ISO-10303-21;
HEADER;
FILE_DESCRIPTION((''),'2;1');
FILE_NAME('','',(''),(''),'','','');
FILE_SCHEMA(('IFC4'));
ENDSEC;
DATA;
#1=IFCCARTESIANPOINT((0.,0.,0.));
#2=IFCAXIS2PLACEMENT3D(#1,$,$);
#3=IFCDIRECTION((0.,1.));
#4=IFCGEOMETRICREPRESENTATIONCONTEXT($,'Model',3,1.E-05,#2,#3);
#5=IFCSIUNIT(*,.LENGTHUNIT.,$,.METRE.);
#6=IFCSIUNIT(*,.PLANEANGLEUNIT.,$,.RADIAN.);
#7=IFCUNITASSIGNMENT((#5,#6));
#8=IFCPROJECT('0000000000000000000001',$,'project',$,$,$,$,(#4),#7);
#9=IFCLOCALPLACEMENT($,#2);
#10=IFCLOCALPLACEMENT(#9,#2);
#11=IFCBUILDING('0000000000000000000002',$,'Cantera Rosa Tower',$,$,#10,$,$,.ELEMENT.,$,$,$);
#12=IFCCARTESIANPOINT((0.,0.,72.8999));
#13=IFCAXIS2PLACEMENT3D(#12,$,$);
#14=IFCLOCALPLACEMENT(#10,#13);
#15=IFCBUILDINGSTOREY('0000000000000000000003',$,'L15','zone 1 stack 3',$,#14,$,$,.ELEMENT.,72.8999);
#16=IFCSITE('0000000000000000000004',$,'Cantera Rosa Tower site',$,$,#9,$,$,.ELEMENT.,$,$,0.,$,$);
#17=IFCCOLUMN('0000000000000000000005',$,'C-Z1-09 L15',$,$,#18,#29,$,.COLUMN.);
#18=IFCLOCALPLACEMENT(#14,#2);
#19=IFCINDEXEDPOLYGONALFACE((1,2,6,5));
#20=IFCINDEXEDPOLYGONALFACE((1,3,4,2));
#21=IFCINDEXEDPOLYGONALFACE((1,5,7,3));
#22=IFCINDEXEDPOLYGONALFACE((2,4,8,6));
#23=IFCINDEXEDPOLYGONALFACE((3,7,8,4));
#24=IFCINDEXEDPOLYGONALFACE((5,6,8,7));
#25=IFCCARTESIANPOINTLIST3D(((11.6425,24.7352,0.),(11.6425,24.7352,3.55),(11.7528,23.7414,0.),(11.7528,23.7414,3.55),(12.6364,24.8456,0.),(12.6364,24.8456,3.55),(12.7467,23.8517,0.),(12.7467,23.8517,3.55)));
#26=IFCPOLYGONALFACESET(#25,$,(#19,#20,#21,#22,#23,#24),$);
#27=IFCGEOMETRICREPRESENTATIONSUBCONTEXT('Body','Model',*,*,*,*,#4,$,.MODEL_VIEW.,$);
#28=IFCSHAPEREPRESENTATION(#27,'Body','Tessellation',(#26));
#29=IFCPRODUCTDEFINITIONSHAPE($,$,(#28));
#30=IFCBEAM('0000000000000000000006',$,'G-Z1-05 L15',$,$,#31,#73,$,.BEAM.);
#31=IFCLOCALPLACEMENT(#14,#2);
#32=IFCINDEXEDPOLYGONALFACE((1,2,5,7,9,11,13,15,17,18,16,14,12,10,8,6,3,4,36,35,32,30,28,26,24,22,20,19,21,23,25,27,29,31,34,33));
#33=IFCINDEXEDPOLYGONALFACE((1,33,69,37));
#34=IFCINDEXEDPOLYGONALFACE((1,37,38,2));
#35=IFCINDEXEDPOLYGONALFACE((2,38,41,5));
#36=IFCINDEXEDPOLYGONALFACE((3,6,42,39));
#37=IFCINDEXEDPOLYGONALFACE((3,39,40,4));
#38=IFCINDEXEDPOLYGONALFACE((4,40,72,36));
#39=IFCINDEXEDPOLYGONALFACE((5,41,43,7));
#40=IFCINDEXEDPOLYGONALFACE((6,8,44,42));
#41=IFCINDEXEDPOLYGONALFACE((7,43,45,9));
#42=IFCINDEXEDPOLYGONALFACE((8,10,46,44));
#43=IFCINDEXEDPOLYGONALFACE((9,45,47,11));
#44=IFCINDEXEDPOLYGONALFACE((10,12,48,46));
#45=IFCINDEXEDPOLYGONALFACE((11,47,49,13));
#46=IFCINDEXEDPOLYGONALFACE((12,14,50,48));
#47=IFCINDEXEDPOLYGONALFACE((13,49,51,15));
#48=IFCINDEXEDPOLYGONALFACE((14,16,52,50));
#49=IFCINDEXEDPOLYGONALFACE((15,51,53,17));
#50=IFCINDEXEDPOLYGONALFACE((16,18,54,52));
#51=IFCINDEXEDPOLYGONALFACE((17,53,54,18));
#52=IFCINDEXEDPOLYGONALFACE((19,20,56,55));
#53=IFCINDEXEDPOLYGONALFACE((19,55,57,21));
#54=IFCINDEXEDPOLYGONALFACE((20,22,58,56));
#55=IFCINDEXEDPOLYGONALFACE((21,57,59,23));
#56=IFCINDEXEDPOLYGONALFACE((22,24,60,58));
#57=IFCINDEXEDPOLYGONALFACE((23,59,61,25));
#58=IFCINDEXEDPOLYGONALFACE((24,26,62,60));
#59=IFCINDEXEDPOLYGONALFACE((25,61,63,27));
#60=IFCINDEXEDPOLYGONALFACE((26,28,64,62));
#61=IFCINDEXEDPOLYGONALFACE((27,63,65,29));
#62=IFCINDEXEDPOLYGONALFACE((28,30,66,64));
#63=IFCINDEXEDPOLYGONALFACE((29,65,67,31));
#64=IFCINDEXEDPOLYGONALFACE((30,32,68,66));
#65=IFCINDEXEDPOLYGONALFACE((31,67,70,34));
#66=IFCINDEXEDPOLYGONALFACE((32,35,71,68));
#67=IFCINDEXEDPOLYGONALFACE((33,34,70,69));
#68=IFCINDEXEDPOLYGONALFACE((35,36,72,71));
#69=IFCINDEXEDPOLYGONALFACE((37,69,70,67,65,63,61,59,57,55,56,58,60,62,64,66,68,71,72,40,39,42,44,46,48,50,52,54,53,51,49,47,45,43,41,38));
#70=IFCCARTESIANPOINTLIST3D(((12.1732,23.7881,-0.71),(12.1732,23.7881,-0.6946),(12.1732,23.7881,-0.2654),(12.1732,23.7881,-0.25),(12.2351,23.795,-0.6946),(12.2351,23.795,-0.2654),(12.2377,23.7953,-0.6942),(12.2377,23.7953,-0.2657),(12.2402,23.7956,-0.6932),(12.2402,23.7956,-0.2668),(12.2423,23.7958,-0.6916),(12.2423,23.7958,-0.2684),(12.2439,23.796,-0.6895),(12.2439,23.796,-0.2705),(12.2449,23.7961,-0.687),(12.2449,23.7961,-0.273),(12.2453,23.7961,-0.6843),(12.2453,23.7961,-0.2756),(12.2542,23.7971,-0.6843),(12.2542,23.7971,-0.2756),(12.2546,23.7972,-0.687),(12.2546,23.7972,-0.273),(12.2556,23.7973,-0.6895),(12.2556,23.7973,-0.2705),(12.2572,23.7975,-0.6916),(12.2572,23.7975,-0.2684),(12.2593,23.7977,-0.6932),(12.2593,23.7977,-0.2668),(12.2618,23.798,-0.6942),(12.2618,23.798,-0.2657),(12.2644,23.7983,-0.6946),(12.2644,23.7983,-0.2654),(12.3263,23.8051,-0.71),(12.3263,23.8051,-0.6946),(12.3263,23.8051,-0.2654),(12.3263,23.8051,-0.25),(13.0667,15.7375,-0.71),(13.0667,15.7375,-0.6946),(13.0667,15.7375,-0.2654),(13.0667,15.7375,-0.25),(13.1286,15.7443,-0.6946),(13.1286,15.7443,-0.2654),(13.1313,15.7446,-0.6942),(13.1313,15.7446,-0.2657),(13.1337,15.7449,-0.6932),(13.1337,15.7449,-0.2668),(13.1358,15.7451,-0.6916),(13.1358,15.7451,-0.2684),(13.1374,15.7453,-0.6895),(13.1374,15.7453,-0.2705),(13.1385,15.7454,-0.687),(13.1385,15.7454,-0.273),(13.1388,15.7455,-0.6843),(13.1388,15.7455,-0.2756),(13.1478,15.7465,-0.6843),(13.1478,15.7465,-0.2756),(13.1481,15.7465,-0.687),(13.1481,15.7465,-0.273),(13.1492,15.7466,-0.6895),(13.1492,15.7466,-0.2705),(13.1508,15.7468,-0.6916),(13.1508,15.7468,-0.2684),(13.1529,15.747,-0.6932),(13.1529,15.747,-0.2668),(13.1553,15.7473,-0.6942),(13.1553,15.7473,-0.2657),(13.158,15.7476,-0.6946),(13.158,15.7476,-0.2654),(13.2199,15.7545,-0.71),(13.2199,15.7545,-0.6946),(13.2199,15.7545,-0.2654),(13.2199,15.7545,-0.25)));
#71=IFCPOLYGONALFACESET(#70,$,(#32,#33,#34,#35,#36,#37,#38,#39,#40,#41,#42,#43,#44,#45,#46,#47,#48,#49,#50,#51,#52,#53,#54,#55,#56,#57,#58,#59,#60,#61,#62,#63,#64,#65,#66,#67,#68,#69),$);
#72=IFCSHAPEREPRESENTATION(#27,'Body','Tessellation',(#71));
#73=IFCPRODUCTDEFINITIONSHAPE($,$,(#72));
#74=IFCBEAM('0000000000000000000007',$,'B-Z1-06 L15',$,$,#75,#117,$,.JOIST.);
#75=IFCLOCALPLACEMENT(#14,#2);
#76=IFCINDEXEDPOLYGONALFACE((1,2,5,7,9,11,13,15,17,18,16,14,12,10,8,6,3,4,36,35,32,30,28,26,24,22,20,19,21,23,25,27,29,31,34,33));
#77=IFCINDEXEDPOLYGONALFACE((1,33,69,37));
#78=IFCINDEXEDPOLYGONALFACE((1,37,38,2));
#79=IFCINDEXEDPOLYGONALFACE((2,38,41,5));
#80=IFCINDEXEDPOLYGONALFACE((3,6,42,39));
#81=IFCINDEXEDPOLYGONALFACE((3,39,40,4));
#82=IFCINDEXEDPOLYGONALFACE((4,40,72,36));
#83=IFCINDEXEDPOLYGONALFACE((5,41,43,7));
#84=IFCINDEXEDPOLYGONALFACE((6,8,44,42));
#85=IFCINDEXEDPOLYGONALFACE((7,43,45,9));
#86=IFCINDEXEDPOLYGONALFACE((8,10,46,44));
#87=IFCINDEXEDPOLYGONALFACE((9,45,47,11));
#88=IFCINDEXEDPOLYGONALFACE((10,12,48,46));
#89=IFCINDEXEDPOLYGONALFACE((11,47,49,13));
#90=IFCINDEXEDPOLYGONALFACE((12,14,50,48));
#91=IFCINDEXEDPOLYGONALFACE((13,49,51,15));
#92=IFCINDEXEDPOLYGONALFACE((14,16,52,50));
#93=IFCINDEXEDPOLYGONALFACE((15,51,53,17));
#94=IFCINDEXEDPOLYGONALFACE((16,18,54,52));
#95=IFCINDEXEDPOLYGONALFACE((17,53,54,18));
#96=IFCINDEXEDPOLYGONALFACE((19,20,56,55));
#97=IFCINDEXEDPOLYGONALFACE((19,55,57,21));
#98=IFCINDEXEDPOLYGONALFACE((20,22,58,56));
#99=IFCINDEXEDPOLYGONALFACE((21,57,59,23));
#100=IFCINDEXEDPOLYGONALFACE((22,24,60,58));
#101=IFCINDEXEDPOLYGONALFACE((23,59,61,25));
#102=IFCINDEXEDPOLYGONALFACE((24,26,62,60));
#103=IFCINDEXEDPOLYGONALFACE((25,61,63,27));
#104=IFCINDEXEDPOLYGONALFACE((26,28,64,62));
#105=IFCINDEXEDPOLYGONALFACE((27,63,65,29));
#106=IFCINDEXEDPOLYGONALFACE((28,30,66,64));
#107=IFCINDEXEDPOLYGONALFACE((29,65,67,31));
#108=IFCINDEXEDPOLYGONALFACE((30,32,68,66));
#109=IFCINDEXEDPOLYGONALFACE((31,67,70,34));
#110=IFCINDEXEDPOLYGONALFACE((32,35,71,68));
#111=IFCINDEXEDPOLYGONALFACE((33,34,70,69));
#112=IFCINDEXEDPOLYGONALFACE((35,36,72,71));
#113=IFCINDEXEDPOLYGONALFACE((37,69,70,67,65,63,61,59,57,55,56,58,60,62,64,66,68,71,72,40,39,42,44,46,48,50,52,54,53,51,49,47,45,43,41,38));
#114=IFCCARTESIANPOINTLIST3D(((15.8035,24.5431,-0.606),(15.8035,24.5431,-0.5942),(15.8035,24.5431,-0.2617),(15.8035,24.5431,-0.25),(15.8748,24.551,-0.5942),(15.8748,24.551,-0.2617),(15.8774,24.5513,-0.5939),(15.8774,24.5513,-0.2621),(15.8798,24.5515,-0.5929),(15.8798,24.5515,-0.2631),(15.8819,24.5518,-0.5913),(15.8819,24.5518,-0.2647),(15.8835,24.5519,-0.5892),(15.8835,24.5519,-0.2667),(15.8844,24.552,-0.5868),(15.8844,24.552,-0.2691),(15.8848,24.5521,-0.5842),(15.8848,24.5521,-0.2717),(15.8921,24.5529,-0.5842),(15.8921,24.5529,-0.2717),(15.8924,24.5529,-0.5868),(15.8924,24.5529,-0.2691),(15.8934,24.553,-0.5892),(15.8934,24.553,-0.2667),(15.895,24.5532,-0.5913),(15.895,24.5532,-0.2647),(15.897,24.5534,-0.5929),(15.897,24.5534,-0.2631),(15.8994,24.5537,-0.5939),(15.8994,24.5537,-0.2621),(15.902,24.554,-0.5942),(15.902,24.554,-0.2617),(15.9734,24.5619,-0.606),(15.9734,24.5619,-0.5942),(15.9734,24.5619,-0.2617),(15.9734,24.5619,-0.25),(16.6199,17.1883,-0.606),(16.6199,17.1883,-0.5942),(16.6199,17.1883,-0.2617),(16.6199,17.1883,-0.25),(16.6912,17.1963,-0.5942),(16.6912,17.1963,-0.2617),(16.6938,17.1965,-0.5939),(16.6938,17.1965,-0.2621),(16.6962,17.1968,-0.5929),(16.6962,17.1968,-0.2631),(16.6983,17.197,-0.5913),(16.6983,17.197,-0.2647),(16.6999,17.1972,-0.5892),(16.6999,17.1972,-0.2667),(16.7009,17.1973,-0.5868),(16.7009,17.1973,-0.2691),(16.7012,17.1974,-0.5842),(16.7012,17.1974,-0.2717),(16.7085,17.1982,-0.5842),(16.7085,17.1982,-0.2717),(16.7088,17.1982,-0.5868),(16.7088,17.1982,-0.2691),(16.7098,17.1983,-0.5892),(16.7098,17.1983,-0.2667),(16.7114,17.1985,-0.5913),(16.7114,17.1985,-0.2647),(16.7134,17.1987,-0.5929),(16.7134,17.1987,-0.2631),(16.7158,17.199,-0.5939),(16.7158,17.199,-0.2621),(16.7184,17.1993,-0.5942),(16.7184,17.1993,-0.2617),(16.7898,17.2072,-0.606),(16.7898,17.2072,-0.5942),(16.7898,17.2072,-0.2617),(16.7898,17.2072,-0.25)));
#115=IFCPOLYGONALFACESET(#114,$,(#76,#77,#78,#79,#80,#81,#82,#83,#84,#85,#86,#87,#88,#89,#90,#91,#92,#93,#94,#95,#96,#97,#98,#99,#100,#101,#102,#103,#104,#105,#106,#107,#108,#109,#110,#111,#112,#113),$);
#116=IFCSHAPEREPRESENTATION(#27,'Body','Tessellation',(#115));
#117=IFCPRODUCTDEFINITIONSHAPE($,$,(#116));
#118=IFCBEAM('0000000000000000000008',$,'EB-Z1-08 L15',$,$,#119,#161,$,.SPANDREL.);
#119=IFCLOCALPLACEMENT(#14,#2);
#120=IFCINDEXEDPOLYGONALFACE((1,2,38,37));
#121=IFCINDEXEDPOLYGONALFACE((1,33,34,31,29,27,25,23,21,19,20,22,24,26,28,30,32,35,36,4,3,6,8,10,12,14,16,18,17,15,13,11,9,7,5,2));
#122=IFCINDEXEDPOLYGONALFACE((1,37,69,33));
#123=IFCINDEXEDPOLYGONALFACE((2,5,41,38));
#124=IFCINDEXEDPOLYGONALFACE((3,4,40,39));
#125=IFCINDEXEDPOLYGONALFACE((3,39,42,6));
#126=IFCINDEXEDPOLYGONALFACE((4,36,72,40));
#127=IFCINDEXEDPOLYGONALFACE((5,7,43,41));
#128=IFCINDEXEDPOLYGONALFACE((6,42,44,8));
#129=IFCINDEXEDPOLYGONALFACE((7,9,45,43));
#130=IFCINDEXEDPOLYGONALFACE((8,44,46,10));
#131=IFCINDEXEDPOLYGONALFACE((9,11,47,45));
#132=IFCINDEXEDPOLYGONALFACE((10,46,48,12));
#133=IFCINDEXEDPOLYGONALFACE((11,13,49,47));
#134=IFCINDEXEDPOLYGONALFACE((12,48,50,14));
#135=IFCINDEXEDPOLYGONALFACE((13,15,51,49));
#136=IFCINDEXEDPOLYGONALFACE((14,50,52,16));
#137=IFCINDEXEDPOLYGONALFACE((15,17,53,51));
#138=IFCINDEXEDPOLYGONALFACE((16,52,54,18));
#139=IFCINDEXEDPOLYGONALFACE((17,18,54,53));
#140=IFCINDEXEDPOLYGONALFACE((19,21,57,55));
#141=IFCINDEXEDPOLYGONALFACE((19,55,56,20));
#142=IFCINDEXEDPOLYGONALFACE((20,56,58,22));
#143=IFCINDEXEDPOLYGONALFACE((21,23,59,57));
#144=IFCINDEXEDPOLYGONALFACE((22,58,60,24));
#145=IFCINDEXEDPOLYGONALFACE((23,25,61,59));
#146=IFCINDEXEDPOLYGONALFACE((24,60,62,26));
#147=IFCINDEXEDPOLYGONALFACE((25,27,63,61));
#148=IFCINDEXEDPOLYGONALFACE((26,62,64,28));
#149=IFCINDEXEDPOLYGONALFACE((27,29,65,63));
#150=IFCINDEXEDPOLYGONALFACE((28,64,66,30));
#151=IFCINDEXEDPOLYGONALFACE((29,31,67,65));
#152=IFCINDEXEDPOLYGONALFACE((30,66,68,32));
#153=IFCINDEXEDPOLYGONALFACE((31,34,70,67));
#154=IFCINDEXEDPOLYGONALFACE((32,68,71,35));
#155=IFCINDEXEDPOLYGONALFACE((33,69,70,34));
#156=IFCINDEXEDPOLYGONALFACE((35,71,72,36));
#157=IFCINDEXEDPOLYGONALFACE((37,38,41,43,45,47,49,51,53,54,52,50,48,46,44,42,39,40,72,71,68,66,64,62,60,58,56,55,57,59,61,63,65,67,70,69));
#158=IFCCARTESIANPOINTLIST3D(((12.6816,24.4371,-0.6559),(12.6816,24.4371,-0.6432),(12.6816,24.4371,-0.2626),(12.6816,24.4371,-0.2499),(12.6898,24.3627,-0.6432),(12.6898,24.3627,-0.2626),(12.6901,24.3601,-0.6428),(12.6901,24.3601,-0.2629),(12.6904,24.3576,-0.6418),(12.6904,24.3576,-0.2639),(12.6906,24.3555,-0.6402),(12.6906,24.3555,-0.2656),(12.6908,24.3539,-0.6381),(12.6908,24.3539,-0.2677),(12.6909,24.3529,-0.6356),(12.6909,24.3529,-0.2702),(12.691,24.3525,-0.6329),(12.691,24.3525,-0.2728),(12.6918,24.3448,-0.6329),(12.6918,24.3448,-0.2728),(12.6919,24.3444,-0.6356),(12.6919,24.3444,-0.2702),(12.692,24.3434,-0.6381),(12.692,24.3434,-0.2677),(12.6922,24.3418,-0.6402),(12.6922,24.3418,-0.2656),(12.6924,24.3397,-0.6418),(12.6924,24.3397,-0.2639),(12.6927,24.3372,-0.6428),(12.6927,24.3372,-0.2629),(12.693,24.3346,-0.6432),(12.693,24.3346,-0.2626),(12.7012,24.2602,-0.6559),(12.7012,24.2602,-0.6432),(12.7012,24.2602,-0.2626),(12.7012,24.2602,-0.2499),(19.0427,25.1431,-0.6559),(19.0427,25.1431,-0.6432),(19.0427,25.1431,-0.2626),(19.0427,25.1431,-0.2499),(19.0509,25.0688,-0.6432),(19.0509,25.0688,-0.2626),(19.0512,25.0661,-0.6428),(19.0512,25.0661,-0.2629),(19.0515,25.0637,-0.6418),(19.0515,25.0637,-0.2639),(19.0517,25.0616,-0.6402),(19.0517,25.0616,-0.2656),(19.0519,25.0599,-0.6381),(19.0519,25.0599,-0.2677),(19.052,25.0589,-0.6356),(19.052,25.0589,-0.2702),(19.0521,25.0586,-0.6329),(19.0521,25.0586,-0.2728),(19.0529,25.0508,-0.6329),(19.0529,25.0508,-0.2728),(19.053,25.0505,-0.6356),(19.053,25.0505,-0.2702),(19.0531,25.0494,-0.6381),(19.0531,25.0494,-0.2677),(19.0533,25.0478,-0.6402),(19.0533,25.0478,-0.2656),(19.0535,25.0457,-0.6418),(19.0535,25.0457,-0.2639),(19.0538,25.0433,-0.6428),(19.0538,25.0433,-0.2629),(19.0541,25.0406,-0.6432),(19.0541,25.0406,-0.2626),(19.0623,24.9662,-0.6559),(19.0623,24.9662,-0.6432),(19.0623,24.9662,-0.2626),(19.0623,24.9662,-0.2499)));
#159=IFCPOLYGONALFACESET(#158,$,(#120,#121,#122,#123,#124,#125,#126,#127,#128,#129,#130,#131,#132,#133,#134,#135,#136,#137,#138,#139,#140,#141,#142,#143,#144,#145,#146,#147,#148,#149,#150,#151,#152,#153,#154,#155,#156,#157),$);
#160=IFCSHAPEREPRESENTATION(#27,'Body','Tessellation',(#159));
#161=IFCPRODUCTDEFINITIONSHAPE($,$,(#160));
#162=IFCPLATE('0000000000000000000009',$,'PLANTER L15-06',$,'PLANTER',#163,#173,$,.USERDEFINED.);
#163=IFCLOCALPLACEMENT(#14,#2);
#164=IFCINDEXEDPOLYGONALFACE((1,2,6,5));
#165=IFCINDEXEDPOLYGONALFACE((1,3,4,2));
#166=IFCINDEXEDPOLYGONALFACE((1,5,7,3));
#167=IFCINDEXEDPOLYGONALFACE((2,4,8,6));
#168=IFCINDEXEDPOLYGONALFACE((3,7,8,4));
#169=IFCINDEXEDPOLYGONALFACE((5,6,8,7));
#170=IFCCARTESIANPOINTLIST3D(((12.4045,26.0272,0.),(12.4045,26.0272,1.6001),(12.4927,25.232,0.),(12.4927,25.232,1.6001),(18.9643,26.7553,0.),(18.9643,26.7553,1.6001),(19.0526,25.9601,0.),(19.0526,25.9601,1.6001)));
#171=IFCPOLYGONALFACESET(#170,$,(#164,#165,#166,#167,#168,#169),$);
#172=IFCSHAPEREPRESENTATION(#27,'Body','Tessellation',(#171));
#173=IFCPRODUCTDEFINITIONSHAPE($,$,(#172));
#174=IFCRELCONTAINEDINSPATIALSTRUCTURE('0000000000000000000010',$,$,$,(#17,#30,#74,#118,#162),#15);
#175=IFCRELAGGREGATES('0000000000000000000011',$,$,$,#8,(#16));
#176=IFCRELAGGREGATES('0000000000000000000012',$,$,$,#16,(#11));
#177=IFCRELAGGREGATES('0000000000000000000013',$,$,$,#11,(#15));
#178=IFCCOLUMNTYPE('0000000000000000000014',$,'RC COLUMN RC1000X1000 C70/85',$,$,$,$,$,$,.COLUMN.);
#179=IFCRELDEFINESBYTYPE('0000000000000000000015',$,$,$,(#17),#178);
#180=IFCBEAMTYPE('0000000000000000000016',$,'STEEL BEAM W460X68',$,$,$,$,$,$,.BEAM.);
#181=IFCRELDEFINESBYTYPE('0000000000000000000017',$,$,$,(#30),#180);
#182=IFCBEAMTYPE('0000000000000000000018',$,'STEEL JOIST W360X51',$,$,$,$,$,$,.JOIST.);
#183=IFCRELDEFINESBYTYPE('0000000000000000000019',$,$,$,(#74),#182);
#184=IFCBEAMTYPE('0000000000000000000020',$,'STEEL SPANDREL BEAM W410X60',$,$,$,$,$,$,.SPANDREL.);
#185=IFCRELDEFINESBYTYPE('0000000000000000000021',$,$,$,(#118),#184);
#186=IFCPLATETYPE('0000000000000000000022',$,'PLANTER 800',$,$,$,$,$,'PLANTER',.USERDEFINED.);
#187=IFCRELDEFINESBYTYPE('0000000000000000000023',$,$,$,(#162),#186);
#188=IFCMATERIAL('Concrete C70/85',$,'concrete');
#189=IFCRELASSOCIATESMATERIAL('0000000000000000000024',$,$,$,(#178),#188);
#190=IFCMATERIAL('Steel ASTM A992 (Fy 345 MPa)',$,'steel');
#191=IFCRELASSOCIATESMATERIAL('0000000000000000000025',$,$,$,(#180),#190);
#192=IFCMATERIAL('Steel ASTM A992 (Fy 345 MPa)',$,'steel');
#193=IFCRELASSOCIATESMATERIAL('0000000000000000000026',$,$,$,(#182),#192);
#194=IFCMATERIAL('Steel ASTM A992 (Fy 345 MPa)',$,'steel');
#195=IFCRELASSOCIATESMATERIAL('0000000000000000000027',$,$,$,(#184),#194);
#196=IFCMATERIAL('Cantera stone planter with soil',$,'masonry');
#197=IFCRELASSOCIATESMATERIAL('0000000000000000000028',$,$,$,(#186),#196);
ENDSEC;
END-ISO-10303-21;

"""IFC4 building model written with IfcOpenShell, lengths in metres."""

from ifc_helpers import new_model, si_unit, direction, frame, origin, origin_2d, place, context, subcontext, project, spatial, rectangle, i_section, extrude, material, material_profile, profile_set, type_object, element, save


model = new_model("IFC4")

# Units and contexts
model_context = context("Model", 3, precision=1e-05, world=origin(), true_north=direction((0.0, 1.0)))
body_context = subcontext(model_context, "Body", "Model", "MODEL_VIEW")
ifc_project = project(units=[si_unit("LENGTHUNIT", "METRE"), si_unit("PLANEANGLEUNIT", "RADIAN")], contexts=[model_context])

# Site, building, storey
site_placement = place(None, origin())
site = spatial("IfcSite", under=ifc_project, at=site_placement, Name="Cantera Rosa Tower site", CompositionType="ELEMENT", RefElevation=0.0)
building_placement = place(site_placement, origin())
building = spatial("IfcBuilding", under=site, at=building_placement, Name="Cantera Rosa Tower", CompositionType="ELEMENT")
storey_placement = place(building_placement, frame((0.0, 0.0, 72.8999)))
storey = spatial("IfcBuildingStorey", under=building, at=storey_placement, Name="L15", Description="zone 1 stack 3", CompositionType="ELEMENT", Elevation=72.8999)

# Column
ifc_material_1 = material(Name="Concrete C70/85", Category="concrete")
ifc_material_profile_1 = material_profile(ifc_material_1, rectangle(XDim=1.0, YDim=1.0, at=origin_2d()), Name="RC COLUMN RC1000X1000 C70/85")
ifc_profile_set_1 = profile_set([ifc_material_profile_1], Name="Concrete C70/85")
column_type = type_object("IfcColumnType", Name="RC COLUMN RC1000X1000 C70/85", PredefinedType="COLUMN", material=ifc_profile_set_1)
column_placement = place(storey_placement, frame((12.1946, 24.2935, 0.0), z_axis=(0.0, 0.0, 1.0), x_axis=(0.993897, 0.110313, 0.0)))
element("IfcColumn", 1, at=column_placement, inside=storey, type_object=column_type, Name="C-Z1-09 L15", PredefinedType="COLUMN", context=body_context, shape_type="SweptSolid", body=[
    extrude(rectangle(XDim=1.0, YDim=1.0, at=origin_2d()), origin(), (0.0, 0.0, 1.0), 3.55),
])

# Beams
ifc_material_2 = material(Name="Steel ASTM A992 (Fy 345 MPa)", Category="steel")
ifc_material_profile_2 = material_profile(ifc_material_2, i_section(OverallWidth=0.1541, OverallDepth=0.46, WebThickness=0.009, FlangeThickness=0.0154, FilletRadius=0.0103, at=origin_2d()), Name="W460X68")
ifc_profile_set_2 = profile_set([ifc_material_profile_2], Name="Steel ASTM A992 (Fy 345 MPa)")
beam_type_1 = type_object("IfcBeamType", Name="STEEL BEAM W460X68", PredefinedType="BEAM", material=ifc_profile_set_2)
beam_1_placement = place(storey_placement, frame((12.2498, 23.7966, -0.48), z_axis=(0.110312, -0.993897, 0.0), x_axis=(0.993897, 0.110312, 0.0)))
element("IfcBeam", 2, at=beam_1_placement, inside=storey, type_object=beam_type_1, Name="G-Z1-05 L15", PredefinedType="BEAM", context=body_context, shape_type="SweptSolid", body=[
    extrude(i_section(OverallWidth=0.1541, OverallDepth=0.46, WebThickness=0.009, FlangeThickness=0.0154, FilletRadius=0.0103, at=origin_2d()), origin(), (0.0, 0.0, 1.0), 8.1001),
])
ifc_material_3 = material(Name="Steel ASTM A992 (Fy 345 MPa)", Category="steel")
ifc_material_profile_3 = material_profile(ifc_material_3, i_section(OverallWidth=0.1709, OverallDepth=0.356, WebThickness=0.0073, FlangeThickness=0.0117, FilletRadius=0.01, at=origin_2d()), Name="W360X51")
ifc_profile_set_3 = profile_set([ifc_material_profile_3], Name="Steel ASTM A992 (Fy 345 MPa)")
beam_type_2 = type_object("IfcBeamType", Name="STEEL JOIST W360X51", PredefinedType="JOIST", material=ifc_profile_set_3)
beam_2_placement = place(storey_placement, frame((15.8884, 24.5525, -0.428), z_axis=(0.110327, -0.993895, 0.0), x_axis=(0.993895, 0.110327, 0.0)))
element("IfcBeam", 3, at=beam_2_placement, inside=storey, type_object=beam_type_2, Name="B-Z1-06 L15", PredefinedType="JOIST", context=body_context, shape_type="SweptSolid", body=[
    extrude(i_section(OverallWidth=0.1709, OverallDepth=0.356, WebThickness=0.0073, FlangeThickness=0.0117, FilletRadius=0.01, at=origin_2d()), origin(), (0.0, 0.0, 1.0), 7.3999),
])
ifc_material_4 = material(Name="Steel ASTM A992 (Fy 345 MPa)", Category="steel")
ifc_material_profile_4 = material_profile(ifc_material_4, i_section(OverallWidth=0.178, OverallDepth=0.406, WebThickness=0.0078, FlangeThickness=0.0127, FilletRadius=0.0103, at=origin_2d()), Name="W410X60")
ifc_profile_set_4 = profile_set([ifc_material_profile_4], Name="Steel ASTM A992 (Fy 345 MPa)")
beam_type_3 = type_object("IfcBeamType", Name="STEEL SPANDREL BEAM W410X60", PredefinedType="SPANDREL", material=ifc_profile_set_4)
beam_3_placement = place(storey_placement, frame((19.0525, 25.0547, -0.4529), z_axis=(-0.993896, -0.110318, 0.0), x_axis=(0.110318, -0.993896, 0.0)))
element("IfcBeam", 4, at=beam_3_placement, inside=storey, type_object=beam_type_3, Name="EB-Z1-08 L15", PredefinedType="SPANDREL", context=body_context, shape_type="SweptSolid", body=[
    extrude(i_section(OverallWidth=0.178, OverallDepth=0.406, WebThickness=0.0078, FlangeThickness=0.0127, FilletRadius=0.0103, at=origin_2d()), origin(), (0.0, 0.0, 1.0), 6.4001),
])

# Plate
ifc_material_5 = material(Name="Cantera stone planter with soil", Category="masonry")
plate_type = type_object("IfcPlateType", Name="PLANTER 800", ElementType="PLANTER", PredefinedType="USERDEFINED", material=ifc_material_5)
plate_placement = place(storey_placement, frame((15.7285, 25.9937, 0.0), z_axis=(0.0, 0.0, 1.0), x_axis=(-0.993897, -0.110313, 0.0)))
element("IfcPlate", 5, at=plate_placement, inside=storey, type_object=plate_type, Name="PLANTER L15-06", ObjectType="PLANTER", PredefinedType="USERDEFINED", context=body_context, shape_type="SweptSolid", body=[
    extrude(rectangle(XDim=6.6001, YDim=0.8, at=origin_2d()), origin(), (0.0, 0.0, 1.0), 1.6001),
])

save(model, "model.ifc")
